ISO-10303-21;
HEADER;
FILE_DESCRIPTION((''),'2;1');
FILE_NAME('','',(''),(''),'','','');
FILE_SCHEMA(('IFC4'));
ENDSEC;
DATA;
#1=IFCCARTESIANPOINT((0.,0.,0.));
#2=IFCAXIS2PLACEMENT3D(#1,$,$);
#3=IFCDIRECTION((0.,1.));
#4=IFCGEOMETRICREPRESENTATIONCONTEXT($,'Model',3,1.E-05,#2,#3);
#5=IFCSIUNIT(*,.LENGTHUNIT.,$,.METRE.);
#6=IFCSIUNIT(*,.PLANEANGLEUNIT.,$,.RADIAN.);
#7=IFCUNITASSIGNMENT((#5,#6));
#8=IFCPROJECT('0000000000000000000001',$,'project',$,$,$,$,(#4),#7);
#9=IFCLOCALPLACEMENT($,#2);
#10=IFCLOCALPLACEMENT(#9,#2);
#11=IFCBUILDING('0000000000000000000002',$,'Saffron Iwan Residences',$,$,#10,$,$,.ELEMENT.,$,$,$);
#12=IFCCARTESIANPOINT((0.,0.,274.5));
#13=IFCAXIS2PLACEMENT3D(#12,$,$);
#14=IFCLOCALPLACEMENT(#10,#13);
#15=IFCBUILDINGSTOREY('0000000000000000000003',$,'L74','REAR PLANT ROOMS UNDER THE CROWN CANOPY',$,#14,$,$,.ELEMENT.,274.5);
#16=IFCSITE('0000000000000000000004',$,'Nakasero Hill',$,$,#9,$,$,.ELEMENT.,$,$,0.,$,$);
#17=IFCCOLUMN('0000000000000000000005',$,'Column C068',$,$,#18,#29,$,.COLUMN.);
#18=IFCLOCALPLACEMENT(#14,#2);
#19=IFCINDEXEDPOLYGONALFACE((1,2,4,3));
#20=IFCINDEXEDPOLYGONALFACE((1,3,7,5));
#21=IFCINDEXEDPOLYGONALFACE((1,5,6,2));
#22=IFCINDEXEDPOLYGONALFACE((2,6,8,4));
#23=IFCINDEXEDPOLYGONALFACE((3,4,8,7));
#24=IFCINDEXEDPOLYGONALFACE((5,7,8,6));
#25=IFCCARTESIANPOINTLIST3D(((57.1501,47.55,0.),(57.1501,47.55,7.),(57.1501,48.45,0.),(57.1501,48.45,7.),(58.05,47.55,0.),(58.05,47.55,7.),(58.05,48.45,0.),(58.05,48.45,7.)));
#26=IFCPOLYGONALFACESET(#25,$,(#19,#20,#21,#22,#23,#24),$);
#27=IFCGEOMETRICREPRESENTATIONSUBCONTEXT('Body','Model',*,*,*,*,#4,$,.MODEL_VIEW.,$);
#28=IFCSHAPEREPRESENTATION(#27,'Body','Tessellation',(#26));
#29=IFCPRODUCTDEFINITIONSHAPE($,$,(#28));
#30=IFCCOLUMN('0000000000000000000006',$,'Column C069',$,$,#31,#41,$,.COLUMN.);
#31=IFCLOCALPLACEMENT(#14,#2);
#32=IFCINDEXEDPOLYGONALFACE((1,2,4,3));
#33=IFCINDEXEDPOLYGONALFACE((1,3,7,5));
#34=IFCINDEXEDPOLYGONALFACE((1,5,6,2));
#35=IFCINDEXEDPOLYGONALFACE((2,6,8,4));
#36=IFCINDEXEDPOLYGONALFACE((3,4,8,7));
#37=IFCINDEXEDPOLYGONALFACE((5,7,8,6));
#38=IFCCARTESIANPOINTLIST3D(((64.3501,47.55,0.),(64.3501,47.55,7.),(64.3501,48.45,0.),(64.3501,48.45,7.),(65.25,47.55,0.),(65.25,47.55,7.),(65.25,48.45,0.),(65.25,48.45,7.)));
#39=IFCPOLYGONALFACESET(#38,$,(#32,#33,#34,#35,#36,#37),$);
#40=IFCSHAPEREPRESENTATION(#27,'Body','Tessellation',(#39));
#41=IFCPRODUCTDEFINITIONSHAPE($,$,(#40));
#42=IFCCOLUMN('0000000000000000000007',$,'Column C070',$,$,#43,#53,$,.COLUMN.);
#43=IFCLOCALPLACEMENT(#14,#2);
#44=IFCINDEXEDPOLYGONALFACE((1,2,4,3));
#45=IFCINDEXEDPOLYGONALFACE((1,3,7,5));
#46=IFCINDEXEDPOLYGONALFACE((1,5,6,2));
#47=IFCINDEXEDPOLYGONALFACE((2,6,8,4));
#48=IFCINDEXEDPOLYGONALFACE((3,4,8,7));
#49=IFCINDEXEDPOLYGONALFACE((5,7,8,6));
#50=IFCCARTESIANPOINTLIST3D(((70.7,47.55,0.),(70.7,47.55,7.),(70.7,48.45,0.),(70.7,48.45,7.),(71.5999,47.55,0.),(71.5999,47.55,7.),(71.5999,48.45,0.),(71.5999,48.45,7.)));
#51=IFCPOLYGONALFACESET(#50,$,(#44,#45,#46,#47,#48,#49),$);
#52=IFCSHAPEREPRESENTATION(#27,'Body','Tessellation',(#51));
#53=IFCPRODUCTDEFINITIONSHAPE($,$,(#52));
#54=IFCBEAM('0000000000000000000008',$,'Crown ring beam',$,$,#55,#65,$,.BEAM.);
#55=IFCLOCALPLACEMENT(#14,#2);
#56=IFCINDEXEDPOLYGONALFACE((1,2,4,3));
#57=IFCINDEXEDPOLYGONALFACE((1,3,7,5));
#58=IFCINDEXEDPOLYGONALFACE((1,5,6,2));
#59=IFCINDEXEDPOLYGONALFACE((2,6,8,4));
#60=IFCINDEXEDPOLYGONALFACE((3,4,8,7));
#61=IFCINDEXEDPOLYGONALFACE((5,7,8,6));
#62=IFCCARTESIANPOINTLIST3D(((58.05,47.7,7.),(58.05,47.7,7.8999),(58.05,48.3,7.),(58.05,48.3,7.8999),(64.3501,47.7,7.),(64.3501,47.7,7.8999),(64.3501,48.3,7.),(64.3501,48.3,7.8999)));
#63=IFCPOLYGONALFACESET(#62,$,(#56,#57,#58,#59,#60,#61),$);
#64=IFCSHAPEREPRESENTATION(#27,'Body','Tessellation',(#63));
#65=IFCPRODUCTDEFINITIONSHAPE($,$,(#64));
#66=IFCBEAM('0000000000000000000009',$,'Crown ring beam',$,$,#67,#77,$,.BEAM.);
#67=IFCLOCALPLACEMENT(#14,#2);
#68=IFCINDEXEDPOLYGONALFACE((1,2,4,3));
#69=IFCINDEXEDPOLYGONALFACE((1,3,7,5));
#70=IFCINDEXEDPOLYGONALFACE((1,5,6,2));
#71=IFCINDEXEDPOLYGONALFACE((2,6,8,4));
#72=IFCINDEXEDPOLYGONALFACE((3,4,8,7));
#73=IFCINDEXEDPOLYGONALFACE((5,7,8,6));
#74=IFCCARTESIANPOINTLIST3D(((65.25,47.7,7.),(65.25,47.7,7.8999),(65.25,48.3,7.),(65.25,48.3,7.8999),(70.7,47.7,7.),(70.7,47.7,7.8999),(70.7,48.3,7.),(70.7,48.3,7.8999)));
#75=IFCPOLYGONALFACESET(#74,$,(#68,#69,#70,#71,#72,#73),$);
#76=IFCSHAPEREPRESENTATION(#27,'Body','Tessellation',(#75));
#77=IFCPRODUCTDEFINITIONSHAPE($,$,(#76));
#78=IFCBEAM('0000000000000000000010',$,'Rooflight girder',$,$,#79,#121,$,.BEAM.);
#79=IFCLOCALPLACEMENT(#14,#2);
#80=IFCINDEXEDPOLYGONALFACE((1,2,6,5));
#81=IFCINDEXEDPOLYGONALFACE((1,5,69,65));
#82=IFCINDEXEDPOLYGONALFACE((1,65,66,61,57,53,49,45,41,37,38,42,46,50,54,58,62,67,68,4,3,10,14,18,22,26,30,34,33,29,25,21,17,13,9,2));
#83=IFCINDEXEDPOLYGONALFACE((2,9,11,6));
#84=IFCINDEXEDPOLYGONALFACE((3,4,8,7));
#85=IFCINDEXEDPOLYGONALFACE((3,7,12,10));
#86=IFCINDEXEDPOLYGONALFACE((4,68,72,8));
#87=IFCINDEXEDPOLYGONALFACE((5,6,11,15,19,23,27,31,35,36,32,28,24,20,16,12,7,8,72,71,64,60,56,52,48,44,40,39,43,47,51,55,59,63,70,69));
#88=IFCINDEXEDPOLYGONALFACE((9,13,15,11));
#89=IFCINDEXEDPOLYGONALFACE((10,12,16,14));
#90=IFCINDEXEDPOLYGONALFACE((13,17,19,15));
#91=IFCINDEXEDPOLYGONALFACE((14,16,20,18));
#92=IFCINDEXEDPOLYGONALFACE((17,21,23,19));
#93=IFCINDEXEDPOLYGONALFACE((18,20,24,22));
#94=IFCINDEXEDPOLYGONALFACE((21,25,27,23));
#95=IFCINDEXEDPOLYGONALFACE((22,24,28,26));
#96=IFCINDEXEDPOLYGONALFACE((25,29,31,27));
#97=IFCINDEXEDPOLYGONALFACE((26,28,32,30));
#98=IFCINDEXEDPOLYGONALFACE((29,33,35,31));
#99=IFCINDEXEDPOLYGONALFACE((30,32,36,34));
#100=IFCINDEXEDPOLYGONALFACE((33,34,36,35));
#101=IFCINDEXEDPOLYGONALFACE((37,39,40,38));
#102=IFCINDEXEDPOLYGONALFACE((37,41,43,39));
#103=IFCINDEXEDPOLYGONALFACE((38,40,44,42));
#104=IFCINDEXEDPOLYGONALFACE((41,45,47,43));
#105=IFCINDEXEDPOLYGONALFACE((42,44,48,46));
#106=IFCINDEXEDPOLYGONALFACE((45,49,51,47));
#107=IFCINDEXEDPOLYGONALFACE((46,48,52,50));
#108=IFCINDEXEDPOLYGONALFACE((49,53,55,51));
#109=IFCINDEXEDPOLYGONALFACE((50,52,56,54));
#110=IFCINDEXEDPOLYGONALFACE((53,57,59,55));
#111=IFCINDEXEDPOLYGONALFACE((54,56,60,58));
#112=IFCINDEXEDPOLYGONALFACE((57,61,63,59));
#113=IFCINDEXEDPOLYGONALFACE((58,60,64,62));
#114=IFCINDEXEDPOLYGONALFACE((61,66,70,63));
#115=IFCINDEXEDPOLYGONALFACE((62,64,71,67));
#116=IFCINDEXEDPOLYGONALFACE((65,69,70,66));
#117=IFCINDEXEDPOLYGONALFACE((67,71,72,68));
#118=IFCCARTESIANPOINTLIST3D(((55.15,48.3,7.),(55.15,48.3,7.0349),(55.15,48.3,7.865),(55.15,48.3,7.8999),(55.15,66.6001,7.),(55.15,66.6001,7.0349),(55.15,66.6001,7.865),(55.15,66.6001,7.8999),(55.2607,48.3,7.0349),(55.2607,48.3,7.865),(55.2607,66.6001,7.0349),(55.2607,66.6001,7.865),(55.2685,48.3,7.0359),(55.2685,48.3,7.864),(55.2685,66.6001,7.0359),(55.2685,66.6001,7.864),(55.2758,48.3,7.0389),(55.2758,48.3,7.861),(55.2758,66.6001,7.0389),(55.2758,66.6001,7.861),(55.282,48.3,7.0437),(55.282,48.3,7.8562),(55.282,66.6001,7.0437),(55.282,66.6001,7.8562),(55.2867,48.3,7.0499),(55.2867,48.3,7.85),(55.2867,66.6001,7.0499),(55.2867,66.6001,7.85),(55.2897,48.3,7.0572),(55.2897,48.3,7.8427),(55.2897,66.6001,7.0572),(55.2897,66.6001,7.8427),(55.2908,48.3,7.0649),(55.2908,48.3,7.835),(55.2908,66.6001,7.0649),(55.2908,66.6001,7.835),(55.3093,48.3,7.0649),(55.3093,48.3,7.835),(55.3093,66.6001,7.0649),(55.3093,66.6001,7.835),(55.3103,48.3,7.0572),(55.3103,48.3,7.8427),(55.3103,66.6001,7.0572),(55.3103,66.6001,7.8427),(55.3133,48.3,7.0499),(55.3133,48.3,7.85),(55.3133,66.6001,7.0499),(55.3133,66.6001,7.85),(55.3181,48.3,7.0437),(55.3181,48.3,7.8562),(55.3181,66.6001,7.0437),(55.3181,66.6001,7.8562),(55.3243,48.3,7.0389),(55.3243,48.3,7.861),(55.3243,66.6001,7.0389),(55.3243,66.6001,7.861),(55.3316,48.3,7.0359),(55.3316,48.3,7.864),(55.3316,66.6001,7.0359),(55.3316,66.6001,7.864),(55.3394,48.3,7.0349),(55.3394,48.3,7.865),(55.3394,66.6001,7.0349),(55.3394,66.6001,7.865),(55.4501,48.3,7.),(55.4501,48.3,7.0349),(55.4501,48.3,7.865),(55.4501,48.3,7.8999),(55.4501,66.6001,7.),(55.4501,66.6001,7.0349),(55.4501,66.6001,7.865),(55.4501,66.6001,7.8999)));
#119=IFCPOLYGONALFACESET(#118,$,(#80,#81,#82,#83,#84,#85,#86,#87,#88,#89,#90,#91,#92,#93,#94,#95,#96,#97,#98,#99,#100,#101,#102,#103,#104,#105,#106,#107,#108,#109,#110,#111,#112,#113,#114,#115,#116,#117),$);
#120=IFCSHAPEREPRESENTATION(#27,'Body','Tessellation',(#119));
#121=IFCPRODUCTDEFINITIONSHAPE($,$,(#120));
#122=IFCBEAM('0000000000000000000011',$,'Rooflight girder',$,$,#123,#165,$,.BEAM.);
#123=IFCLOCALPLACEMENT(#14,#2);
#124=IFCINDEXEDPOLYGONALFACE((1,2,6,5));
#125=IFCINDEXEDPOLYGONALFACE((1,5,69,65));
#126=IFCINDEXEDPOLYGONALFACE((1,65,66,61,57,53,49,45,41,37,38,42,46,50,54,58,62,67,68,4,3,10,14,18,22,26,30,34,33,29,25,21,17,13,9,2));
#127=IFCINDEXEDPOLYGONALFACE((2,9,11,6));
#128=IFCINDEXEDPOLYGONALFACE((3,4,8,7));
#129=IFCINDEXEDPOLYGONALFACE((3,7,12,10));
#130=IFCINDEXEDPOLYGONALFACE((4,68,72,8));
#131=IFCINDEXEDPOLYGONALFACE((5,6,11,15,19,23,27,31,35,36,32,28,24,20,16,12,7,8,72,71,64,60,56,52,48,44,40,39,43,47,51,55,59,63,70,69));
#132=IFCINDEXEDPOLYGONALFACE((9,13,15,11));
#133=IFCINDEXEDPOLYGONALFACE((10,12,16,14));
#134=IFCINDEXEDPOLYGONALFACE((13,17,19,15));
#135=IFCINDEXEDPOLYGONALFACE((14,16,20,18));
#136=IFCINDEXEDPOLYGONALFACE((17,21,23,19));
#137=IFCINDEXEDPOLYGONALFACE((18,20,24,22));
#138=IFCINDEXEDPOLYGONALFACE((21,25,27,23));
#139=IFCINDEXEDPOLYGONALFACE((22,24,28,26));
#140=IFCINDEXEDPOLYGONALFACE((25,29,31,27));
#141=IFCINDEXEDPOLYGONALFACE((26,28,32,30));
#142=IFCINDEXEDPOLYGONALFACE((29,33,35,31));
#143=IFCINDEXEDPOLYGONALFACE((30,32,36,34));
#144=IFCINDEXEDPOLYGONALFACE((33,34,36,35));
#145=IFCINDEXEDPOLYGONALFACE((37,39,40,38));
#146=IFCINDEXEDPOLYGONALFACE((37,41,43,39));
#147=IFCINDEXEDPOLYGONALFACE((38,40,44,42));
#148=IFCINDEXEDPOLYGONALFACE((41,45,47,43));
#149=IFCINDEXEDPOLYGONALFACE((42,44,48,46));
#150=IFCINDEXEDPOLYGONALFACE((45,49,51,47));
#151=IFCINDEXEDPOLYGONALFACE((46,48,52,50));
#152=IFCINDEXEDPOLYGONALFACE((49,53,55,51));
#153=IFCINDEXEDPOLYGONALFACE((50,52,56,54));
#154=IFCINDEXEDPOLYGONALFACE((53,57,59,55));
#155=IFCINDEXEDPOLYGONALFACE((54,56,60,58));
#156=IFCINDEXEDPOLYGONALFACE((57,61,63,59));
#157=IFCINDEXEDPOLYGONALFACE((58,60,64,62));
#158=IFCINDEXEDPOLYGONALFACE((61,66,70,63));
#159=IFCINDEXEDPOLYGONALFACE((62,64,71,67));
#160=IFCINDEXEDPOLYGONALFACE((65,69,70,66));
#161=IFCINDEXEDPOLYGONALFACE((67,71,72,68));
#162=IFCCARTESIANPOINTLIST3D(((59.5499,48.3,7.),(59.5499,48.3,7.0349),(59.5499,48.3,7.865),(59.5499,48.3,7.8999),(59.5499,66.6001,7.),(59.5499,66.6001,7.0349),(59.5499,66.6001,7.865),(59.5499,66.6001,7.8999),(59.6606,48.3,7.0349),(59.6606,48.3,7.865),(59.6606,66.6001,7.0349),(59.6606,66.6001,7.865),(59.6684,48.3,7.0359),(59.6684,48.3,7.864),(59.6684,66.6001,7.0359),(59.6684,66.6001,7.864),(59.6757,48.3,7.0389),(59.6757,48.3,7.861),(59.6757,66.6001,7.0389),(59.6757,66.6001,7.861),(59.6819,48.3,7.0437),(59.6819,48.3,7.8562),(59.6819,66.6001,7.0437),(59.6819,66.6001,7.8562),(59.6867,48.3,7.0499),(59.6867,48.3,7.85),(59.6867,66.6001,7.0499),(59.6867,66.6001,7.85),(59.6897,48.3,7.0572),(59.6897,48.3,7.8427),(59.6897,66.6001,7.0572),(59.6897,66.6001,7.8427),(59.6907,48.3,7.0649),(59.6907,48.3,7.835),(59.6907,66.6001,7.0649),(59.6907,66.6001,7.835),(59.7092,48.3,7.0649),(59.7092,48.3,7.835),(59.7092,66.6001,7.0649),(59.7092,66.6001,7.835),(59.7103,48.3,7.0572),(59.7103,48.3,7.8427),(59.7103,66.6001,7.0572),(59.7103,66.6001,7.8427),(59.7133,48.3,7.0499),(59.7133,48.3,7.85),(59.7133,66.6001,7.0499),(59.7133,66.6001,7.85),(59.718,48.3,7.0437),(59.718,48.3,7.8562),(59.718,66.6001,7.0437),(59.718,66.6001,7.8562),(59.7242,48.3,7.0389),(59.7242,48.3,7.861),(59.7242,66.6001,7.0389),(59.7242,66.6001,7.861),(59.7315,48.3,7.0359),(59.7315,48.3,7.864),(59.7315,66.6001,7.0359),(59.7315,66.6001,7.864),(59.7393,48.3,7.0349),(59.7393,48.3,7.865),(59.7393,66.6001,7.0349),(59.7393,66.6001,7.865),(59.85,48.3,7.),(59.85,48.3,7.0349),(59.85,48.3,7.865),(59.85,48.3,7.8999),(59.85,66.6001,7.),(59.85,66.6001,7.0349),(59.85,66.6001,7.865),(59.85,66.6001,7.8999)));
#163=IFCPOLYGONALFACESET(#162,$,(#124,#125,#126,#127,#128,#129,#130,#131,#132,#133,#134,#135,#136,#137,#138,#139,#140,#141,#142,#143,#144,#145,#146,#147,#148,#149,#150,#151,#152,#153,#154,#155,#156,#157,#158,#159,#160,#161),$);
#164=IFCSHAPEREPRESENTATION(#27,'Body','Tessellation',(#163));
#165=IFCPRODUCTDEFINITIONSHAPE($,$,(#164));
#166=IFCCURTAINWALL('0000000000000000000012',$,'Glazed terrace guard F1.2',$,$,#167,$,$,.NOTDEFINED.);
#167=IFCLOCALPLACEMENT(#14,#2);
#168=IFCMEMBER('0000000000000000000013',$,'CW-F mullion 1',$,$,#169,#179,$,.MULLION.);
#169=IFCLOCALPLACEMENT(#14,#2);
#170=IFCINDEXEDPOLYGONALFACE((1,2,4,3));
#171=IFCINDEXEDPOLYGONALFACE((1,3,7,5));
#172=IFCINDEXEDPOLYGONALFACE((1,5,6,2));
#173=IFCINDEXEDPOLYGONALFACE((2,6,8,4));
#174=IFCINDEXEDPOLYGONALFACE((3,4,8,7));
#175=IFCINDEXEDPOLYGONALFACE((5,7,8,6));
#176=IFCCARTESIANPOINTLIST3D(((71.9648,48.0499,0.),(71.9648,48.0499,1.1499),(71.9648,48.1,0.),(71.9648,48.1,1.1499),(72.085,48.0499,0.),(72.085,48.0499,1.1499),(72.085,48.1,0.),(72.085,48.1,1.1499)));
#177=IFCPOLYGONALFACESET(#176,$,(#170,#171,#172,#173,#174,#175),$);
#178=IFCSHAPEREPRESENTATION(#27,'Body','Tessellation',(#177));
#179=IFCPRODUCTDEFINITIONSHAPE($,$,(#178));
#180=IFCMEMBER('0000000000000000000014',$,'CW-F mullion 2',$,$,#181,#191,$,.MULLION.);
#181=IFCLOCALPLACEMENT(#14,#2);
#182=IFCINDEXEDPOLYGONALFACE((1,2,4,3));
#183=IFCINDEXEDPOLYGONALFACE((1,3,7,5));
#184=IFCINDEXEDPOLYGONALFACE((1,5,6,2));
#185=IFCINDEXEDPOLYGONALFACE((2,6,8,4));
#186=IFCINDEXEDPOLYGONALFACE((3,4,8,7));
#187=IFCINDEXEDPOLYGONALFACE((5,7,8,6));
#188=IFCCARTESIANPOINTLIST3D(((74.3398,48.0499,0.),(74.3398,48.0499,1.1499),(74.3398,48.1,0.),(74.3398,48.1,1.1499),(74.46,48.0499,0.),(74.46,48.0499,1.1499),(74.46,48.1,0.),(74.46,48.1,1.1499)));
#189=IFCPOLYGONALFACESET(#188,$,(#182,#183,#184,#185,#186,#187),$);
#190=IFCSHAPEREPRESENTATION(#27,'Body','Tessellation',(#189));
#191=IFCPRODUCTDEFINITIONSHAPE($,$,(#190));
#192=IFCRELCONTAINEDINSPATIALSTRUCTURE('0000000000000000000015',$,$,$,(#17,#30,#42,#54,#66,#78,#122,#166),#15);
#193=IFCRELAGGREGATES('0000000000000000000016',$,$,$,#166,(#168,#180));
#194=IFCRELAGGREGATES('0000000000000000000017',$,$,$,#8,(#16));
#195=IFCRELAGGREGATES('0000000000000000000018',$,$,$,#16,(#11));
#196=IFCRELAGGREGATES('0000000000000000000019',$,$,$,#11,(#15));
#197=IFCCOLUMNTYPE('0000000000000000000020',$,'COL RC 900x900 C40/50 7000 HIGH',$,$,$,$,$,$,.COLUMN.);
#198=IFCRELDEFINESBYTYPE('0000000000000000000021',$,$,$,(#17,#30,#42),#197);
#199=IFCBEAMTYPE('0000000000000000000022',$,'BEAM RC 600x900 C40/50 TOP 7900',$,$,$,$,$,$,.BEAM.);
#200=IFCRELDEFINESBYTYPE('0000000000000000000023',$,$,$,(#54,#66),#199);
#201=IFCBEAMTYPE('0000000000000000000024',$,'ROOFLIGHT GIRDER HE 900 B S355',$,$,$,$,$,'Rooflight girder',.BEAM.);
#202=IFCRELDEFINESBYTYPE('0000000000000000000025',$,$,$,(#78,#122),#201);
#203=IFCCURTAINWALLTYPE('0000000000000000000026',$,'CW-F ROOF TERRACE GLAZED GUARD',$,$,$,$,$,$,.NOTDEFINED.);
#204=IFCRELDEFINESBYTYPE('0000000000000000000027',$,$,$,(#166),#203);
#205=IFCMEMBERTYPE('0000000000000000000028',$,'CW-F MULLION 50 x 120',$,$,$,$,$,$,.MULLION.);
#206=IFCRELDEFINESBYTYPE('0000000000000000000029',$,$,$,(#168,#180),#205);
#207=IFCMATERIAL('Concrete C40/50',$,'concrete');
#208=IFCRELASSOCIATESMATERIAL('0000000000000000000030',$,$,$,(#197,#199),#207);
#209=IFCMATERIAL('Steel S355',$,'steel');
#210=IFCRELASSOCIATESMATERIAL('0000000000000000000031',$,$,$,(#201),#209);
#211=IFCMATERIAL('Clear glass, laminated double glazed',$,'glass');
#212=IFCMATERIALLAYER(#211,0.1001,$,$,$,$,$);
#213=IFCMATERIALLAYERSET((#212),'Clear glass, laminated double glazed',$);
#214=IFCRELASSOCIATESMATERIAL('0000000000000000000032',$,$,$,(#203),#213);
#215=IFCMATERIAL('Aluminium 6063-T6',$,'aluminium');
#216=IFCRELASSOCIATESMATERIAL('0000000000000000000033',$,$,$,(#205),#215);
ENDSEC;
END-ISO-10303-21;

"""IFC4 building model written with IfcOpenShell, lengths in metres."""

from ifc_helpers import new_model, si_unit, direction, frame, origin, origin_2d, place, context, subcontext, project, spatial, rectangle, i_section, extrude, source, transform, mapped, material, layer, layer_set, material_profile, profile_set, type_object, element, aggregate, save


model = new_model("IFC4")

# Units and contexts
model_context = context("Model", 3, precision=1e-05, world=origin(), true_north=direction((0.0, 1.0)))
body_context = subcontext(model_context, "Body", "Model", "MODEL_VIEW")
ifc_project = project(units=[si_unit("LENGTHUNIT", "METRE"), si_unit("PLANEANGLEUNIT", "RADIAN")], contexts=[model_context])

# Site, building, storey
site_placement = place(None, origin())
site = spatial("IfcSite", under=ifc_project, at=site_placement, Name="Nakasero Hill", CompositionType="ELEMENT", RefElevation=0.0)
building_placement = place(site_placement, origin())
building = spatial("IfcBuilding", under=site, at=building_placement, Name="Saffron Iwan Residences", CompositionType="ELEMENT")
storey_placement = place(building_placement, frame((0.0, 0.0, 274.5)))
storey = spatial("IfcBuildingStorey", under=building, at=storey_placement, Name="L74", Description="REAR PLANT ROOMS UNDER THE CROWN CANOPY", CompositionType="ELEMENT", Elevation=274.5)

# Columns
ifc_material_1 = material(Name="Concrete C40/50", Category="concrete")
ifc_material_profile_1 = material_profile(ifc_material_1, rectangle(XDim=0.8999, YDim=0.8999, at=origin_2d()), Name="RC 900x900")
ifc_profile_set_1 = profile_set([ifc_material_profile_1], Name="Concrete C40/50")
column_type = type_object("IfcColumnType", Name="COL RC 900x900 C40/50 7000 HIGH", PredefinedType="COLUMN", material=ifc_profile_set_1)
shared_shape_1 = source(origin(), body_context, "Body", "SweptSolid", [
    extrude(rectangle(XDim=0.8999, YDim=0.8999, at=origin_2d()), origin(), (0.0, 0.0, 1.0), 7.0),
])
for number, where, z_axis, x_axis, name in (
    (1, (57.6001, 48.0, 0.0), (0.0, 0.0, 1.0), (1.0, 0.0, 0.0), "Column C068"),
    (2, (64.8, 48.0, 0.0), (0.0, 0.0, 1.0), (1.0, 0.0, 0.0), "Column C069"),
    (3, (71.1499, 48.0, 0.0), (0.0, 0.0, 1.0), (1.0, 0.0, 0.0), "Column C070"),
):
    element("IfcColumn", number, at=place(storey_placement, frame(where, z_axis=z_axis, x_axis=x_axis)), inside=storey, type_object=column_type, Name=name, PredefinedType="COLUMN", context=body_context, shape_type="MappedRepresentation", body=[
        mapped(shared_shape_1, transform((0.0, 0.0, 0.0))),
    ])

# Beams
ifc_material_profile_2 = material_profile(ifc_material_1, rectangle(XDim=0.6001, YDim=0.8999, at=origin_2d()), Name="RC 600x900")
ifc_profile_set_2 = profile_set([ifc_material_profile_2], Name="Concrete C40/50")
beam_type_1 = type_object("IfcBeamType", Name="BEAM RC 600x900 C40/50 TOP 7900", PredefinedType="BEAM", material=ifc_profile_set_2)
shared_shape_2 = source(origin(), body_context, "Body", "SweptSolid", [
    extrude(rectangle(XDim=0.6001, YDim=0.8999, at=origin_2d()), origin(), (0.0, 0.0, 1.0), 6.3),
])
beam_1_placement = place(storey_placement, frame((64.3501, 48.0, 7.45), z_axis=(-1.0, 0.0, 0.0), x_axis=(0.0, -1.0, 0.0)))
element("IfcBeam", 4, at=beam_1_placement, inside=storey, type_object=beam_type_1, Name="Crown ring beam", PredefinedType="BEAM", context=body_context, shape_type="MappedRepresentation", body=[
    mapped(shared_shape_2, transform((0.0, 0.0, 0.0))),
])
shared_shape_3 = source(origin(), body_context, "Body", "SweptSolid", [
    extrude(rectangle(XDim=0.6001, YDim=0.8999, at=origin_2d()), origin(), (0.0, 0.0, 1.0), 5.45),
])
beam_2_placement = place(storey_placement, frame((70.7, 48.0, 7.45), z_axis=(-1.0, 0.0, 0.0), x_axis=(0.0, -1.0, 0.0)))
element("IfcBeam", 5, at=beam_2_placement, inside=storey, type_object=beam_type_1, Name="Crown ring beam", PredefinedType="BEAM", context=body_context, shape_type="MappedRepresentation", body=[
    mapped(shared_shape_3, transform((0.0, 0.0, 0.0))),
])
ifc_material_2 = material(Name="Steel S355", Category="steel")
ifc_material_profile_3 = material_profile(ifc_material_2, i_section(OverallWidth=0.3, OverallDepth=0.8999, WebThickness=0.0186, FlangeThickness=0.0349, FilletRadius=0.03, at=origin_2d()), Name="HE 900 B")
ifc_profile_set_3 = profile_set([ifc_material_profile_3], Name="Steel S355")
beam_type_2 = type_object("IfcBeamType", Name="ROOFLIGHT GIRDER HE 900 B S355", ElementType="Rooflight girder", PredefinedType="BEAM", material=ifc_profile_set_3)
shared_shape_4 = source(origin(), body_context, "Body", "SweptSolid", [
    extrude(i_section(OverallWidth=0.3, OverallDepth=0.8999, WebThickness=0.0186, FlangeThickness=0.0349, FilletRadius=0.03, at=origin_2d()), origin(), (0.0, 0.0, 1.0), 18.3),
])
for number, where, z_axis, x_axis, name in (
    (6, (55.3, 48.3, 7.45), (0.0, 1.0, 0.0), (-1.0, 0.0, 0.0), "Rooflight girder"),
    (7, (59.7, 48.3, 7.45), (0.0, 1.0, 0.0), (-1.0, 0.0, 0.0), "Rooflight girder"),
):
    element("IfcBeam", number, at=place(storey_placement, frame(where, z_axis=z_axis, x_axis=x_axis)), inside=storey, type_object=beam_type_2, Name=name, PredefinedType="BEAM", context=body_context, shape_type="MappedRepresentation", body=[
        mapped(shared_shape_4, transform((0.0, 0.0, 0.0))),
    ])

# Curtain wall, members
ifc_material_3 = material(Name="Clear glass, laminated double glazed", Category="glass")
ifc_layer_1 = layer(ifc_material_3, 0.1001)
ifc_layer_set_1 = layer_set([ifc_layer_1], Name="Clear glass, laminated double glazed")
curtain_wall_type = type_object("IfcCurtainWallType", Name="CW-F ROOF TERRACE GLAZED GUARD", PredefinedType="NOTDEFINED", material=ifc_layer_set_1)
curtain_wall_placement = place(storey_placement, origin())
curtain_wall = element("IfcCurtainWall", 8, at=curtain_wall_placement, inside=storey, type_object=curtain_wall_type, Name="Glazed terrace guard F1.2", PredefinedType="NOTDEFINED")
ifc_material_4 = material(Name="Aluminium 6063-T6", Category="aluminium")
ifc_material_profile_4 = material_profile(ifc_material_4, rectangle(XDim=0.05, YDim=0.1201, at=origin_2d()), Name="CW-F MULLION 50 x 120")
ifc_profile_set_4 = profile_set([ifc_material_profile_4], Name="Aluminium 6063-T6")
member_type_1 = type_object("IfcMemberType", Name="CW-F MULLION 50 x 120", PredefinedType="MULLION", material=ifc_profile_set_4)
shared_shape_5 = source(origin(), body_context, "Body", "SweptSolid", [
    extrude(rectangle(XDim=0.05, YDim=0.1201, at=origin_2d()), origin(), (0.0, 0.0, 1.0), 1.1499),
])
member_1_placement = place(storey_placement, frame((72.0249, 48.075, 0.0), z_axis=(0.0, 0.0, 1.0), x_axis=(0.0, 1.0, 0.0)))
member_1 = element("IfcMember", 9, at=member_1_placement, type_object=member_type_1, Name="CW-F mullion 1", PredefinedType="MULLION", context=body_context, shape_type="MappedRepresentation", body=[
    mapped(shared_shape_5, transform((0.0, 0.0, 0.0))),
])
member_2_placement = place(storey_placement, frame((74.3999, 48.075, 0.0), z_axis=(0.0, 0.0, 1.0), x_axis=(0.0, 1.0, 0.0)))
member_2 = element("IfcMember", 10, at=member_2_placement, type_object=member_type_1, Name="CW-F mullion 2", PredefinedType="MULLION", context=body_context, shape_type="MappedRepresentation", body=[
    mapped(shared_shape_5, transform((0.0, 0.0, 0.0))),
])
aggregate(curtain_wall, [member_1, member_2])

save(model, "model.ifc")
